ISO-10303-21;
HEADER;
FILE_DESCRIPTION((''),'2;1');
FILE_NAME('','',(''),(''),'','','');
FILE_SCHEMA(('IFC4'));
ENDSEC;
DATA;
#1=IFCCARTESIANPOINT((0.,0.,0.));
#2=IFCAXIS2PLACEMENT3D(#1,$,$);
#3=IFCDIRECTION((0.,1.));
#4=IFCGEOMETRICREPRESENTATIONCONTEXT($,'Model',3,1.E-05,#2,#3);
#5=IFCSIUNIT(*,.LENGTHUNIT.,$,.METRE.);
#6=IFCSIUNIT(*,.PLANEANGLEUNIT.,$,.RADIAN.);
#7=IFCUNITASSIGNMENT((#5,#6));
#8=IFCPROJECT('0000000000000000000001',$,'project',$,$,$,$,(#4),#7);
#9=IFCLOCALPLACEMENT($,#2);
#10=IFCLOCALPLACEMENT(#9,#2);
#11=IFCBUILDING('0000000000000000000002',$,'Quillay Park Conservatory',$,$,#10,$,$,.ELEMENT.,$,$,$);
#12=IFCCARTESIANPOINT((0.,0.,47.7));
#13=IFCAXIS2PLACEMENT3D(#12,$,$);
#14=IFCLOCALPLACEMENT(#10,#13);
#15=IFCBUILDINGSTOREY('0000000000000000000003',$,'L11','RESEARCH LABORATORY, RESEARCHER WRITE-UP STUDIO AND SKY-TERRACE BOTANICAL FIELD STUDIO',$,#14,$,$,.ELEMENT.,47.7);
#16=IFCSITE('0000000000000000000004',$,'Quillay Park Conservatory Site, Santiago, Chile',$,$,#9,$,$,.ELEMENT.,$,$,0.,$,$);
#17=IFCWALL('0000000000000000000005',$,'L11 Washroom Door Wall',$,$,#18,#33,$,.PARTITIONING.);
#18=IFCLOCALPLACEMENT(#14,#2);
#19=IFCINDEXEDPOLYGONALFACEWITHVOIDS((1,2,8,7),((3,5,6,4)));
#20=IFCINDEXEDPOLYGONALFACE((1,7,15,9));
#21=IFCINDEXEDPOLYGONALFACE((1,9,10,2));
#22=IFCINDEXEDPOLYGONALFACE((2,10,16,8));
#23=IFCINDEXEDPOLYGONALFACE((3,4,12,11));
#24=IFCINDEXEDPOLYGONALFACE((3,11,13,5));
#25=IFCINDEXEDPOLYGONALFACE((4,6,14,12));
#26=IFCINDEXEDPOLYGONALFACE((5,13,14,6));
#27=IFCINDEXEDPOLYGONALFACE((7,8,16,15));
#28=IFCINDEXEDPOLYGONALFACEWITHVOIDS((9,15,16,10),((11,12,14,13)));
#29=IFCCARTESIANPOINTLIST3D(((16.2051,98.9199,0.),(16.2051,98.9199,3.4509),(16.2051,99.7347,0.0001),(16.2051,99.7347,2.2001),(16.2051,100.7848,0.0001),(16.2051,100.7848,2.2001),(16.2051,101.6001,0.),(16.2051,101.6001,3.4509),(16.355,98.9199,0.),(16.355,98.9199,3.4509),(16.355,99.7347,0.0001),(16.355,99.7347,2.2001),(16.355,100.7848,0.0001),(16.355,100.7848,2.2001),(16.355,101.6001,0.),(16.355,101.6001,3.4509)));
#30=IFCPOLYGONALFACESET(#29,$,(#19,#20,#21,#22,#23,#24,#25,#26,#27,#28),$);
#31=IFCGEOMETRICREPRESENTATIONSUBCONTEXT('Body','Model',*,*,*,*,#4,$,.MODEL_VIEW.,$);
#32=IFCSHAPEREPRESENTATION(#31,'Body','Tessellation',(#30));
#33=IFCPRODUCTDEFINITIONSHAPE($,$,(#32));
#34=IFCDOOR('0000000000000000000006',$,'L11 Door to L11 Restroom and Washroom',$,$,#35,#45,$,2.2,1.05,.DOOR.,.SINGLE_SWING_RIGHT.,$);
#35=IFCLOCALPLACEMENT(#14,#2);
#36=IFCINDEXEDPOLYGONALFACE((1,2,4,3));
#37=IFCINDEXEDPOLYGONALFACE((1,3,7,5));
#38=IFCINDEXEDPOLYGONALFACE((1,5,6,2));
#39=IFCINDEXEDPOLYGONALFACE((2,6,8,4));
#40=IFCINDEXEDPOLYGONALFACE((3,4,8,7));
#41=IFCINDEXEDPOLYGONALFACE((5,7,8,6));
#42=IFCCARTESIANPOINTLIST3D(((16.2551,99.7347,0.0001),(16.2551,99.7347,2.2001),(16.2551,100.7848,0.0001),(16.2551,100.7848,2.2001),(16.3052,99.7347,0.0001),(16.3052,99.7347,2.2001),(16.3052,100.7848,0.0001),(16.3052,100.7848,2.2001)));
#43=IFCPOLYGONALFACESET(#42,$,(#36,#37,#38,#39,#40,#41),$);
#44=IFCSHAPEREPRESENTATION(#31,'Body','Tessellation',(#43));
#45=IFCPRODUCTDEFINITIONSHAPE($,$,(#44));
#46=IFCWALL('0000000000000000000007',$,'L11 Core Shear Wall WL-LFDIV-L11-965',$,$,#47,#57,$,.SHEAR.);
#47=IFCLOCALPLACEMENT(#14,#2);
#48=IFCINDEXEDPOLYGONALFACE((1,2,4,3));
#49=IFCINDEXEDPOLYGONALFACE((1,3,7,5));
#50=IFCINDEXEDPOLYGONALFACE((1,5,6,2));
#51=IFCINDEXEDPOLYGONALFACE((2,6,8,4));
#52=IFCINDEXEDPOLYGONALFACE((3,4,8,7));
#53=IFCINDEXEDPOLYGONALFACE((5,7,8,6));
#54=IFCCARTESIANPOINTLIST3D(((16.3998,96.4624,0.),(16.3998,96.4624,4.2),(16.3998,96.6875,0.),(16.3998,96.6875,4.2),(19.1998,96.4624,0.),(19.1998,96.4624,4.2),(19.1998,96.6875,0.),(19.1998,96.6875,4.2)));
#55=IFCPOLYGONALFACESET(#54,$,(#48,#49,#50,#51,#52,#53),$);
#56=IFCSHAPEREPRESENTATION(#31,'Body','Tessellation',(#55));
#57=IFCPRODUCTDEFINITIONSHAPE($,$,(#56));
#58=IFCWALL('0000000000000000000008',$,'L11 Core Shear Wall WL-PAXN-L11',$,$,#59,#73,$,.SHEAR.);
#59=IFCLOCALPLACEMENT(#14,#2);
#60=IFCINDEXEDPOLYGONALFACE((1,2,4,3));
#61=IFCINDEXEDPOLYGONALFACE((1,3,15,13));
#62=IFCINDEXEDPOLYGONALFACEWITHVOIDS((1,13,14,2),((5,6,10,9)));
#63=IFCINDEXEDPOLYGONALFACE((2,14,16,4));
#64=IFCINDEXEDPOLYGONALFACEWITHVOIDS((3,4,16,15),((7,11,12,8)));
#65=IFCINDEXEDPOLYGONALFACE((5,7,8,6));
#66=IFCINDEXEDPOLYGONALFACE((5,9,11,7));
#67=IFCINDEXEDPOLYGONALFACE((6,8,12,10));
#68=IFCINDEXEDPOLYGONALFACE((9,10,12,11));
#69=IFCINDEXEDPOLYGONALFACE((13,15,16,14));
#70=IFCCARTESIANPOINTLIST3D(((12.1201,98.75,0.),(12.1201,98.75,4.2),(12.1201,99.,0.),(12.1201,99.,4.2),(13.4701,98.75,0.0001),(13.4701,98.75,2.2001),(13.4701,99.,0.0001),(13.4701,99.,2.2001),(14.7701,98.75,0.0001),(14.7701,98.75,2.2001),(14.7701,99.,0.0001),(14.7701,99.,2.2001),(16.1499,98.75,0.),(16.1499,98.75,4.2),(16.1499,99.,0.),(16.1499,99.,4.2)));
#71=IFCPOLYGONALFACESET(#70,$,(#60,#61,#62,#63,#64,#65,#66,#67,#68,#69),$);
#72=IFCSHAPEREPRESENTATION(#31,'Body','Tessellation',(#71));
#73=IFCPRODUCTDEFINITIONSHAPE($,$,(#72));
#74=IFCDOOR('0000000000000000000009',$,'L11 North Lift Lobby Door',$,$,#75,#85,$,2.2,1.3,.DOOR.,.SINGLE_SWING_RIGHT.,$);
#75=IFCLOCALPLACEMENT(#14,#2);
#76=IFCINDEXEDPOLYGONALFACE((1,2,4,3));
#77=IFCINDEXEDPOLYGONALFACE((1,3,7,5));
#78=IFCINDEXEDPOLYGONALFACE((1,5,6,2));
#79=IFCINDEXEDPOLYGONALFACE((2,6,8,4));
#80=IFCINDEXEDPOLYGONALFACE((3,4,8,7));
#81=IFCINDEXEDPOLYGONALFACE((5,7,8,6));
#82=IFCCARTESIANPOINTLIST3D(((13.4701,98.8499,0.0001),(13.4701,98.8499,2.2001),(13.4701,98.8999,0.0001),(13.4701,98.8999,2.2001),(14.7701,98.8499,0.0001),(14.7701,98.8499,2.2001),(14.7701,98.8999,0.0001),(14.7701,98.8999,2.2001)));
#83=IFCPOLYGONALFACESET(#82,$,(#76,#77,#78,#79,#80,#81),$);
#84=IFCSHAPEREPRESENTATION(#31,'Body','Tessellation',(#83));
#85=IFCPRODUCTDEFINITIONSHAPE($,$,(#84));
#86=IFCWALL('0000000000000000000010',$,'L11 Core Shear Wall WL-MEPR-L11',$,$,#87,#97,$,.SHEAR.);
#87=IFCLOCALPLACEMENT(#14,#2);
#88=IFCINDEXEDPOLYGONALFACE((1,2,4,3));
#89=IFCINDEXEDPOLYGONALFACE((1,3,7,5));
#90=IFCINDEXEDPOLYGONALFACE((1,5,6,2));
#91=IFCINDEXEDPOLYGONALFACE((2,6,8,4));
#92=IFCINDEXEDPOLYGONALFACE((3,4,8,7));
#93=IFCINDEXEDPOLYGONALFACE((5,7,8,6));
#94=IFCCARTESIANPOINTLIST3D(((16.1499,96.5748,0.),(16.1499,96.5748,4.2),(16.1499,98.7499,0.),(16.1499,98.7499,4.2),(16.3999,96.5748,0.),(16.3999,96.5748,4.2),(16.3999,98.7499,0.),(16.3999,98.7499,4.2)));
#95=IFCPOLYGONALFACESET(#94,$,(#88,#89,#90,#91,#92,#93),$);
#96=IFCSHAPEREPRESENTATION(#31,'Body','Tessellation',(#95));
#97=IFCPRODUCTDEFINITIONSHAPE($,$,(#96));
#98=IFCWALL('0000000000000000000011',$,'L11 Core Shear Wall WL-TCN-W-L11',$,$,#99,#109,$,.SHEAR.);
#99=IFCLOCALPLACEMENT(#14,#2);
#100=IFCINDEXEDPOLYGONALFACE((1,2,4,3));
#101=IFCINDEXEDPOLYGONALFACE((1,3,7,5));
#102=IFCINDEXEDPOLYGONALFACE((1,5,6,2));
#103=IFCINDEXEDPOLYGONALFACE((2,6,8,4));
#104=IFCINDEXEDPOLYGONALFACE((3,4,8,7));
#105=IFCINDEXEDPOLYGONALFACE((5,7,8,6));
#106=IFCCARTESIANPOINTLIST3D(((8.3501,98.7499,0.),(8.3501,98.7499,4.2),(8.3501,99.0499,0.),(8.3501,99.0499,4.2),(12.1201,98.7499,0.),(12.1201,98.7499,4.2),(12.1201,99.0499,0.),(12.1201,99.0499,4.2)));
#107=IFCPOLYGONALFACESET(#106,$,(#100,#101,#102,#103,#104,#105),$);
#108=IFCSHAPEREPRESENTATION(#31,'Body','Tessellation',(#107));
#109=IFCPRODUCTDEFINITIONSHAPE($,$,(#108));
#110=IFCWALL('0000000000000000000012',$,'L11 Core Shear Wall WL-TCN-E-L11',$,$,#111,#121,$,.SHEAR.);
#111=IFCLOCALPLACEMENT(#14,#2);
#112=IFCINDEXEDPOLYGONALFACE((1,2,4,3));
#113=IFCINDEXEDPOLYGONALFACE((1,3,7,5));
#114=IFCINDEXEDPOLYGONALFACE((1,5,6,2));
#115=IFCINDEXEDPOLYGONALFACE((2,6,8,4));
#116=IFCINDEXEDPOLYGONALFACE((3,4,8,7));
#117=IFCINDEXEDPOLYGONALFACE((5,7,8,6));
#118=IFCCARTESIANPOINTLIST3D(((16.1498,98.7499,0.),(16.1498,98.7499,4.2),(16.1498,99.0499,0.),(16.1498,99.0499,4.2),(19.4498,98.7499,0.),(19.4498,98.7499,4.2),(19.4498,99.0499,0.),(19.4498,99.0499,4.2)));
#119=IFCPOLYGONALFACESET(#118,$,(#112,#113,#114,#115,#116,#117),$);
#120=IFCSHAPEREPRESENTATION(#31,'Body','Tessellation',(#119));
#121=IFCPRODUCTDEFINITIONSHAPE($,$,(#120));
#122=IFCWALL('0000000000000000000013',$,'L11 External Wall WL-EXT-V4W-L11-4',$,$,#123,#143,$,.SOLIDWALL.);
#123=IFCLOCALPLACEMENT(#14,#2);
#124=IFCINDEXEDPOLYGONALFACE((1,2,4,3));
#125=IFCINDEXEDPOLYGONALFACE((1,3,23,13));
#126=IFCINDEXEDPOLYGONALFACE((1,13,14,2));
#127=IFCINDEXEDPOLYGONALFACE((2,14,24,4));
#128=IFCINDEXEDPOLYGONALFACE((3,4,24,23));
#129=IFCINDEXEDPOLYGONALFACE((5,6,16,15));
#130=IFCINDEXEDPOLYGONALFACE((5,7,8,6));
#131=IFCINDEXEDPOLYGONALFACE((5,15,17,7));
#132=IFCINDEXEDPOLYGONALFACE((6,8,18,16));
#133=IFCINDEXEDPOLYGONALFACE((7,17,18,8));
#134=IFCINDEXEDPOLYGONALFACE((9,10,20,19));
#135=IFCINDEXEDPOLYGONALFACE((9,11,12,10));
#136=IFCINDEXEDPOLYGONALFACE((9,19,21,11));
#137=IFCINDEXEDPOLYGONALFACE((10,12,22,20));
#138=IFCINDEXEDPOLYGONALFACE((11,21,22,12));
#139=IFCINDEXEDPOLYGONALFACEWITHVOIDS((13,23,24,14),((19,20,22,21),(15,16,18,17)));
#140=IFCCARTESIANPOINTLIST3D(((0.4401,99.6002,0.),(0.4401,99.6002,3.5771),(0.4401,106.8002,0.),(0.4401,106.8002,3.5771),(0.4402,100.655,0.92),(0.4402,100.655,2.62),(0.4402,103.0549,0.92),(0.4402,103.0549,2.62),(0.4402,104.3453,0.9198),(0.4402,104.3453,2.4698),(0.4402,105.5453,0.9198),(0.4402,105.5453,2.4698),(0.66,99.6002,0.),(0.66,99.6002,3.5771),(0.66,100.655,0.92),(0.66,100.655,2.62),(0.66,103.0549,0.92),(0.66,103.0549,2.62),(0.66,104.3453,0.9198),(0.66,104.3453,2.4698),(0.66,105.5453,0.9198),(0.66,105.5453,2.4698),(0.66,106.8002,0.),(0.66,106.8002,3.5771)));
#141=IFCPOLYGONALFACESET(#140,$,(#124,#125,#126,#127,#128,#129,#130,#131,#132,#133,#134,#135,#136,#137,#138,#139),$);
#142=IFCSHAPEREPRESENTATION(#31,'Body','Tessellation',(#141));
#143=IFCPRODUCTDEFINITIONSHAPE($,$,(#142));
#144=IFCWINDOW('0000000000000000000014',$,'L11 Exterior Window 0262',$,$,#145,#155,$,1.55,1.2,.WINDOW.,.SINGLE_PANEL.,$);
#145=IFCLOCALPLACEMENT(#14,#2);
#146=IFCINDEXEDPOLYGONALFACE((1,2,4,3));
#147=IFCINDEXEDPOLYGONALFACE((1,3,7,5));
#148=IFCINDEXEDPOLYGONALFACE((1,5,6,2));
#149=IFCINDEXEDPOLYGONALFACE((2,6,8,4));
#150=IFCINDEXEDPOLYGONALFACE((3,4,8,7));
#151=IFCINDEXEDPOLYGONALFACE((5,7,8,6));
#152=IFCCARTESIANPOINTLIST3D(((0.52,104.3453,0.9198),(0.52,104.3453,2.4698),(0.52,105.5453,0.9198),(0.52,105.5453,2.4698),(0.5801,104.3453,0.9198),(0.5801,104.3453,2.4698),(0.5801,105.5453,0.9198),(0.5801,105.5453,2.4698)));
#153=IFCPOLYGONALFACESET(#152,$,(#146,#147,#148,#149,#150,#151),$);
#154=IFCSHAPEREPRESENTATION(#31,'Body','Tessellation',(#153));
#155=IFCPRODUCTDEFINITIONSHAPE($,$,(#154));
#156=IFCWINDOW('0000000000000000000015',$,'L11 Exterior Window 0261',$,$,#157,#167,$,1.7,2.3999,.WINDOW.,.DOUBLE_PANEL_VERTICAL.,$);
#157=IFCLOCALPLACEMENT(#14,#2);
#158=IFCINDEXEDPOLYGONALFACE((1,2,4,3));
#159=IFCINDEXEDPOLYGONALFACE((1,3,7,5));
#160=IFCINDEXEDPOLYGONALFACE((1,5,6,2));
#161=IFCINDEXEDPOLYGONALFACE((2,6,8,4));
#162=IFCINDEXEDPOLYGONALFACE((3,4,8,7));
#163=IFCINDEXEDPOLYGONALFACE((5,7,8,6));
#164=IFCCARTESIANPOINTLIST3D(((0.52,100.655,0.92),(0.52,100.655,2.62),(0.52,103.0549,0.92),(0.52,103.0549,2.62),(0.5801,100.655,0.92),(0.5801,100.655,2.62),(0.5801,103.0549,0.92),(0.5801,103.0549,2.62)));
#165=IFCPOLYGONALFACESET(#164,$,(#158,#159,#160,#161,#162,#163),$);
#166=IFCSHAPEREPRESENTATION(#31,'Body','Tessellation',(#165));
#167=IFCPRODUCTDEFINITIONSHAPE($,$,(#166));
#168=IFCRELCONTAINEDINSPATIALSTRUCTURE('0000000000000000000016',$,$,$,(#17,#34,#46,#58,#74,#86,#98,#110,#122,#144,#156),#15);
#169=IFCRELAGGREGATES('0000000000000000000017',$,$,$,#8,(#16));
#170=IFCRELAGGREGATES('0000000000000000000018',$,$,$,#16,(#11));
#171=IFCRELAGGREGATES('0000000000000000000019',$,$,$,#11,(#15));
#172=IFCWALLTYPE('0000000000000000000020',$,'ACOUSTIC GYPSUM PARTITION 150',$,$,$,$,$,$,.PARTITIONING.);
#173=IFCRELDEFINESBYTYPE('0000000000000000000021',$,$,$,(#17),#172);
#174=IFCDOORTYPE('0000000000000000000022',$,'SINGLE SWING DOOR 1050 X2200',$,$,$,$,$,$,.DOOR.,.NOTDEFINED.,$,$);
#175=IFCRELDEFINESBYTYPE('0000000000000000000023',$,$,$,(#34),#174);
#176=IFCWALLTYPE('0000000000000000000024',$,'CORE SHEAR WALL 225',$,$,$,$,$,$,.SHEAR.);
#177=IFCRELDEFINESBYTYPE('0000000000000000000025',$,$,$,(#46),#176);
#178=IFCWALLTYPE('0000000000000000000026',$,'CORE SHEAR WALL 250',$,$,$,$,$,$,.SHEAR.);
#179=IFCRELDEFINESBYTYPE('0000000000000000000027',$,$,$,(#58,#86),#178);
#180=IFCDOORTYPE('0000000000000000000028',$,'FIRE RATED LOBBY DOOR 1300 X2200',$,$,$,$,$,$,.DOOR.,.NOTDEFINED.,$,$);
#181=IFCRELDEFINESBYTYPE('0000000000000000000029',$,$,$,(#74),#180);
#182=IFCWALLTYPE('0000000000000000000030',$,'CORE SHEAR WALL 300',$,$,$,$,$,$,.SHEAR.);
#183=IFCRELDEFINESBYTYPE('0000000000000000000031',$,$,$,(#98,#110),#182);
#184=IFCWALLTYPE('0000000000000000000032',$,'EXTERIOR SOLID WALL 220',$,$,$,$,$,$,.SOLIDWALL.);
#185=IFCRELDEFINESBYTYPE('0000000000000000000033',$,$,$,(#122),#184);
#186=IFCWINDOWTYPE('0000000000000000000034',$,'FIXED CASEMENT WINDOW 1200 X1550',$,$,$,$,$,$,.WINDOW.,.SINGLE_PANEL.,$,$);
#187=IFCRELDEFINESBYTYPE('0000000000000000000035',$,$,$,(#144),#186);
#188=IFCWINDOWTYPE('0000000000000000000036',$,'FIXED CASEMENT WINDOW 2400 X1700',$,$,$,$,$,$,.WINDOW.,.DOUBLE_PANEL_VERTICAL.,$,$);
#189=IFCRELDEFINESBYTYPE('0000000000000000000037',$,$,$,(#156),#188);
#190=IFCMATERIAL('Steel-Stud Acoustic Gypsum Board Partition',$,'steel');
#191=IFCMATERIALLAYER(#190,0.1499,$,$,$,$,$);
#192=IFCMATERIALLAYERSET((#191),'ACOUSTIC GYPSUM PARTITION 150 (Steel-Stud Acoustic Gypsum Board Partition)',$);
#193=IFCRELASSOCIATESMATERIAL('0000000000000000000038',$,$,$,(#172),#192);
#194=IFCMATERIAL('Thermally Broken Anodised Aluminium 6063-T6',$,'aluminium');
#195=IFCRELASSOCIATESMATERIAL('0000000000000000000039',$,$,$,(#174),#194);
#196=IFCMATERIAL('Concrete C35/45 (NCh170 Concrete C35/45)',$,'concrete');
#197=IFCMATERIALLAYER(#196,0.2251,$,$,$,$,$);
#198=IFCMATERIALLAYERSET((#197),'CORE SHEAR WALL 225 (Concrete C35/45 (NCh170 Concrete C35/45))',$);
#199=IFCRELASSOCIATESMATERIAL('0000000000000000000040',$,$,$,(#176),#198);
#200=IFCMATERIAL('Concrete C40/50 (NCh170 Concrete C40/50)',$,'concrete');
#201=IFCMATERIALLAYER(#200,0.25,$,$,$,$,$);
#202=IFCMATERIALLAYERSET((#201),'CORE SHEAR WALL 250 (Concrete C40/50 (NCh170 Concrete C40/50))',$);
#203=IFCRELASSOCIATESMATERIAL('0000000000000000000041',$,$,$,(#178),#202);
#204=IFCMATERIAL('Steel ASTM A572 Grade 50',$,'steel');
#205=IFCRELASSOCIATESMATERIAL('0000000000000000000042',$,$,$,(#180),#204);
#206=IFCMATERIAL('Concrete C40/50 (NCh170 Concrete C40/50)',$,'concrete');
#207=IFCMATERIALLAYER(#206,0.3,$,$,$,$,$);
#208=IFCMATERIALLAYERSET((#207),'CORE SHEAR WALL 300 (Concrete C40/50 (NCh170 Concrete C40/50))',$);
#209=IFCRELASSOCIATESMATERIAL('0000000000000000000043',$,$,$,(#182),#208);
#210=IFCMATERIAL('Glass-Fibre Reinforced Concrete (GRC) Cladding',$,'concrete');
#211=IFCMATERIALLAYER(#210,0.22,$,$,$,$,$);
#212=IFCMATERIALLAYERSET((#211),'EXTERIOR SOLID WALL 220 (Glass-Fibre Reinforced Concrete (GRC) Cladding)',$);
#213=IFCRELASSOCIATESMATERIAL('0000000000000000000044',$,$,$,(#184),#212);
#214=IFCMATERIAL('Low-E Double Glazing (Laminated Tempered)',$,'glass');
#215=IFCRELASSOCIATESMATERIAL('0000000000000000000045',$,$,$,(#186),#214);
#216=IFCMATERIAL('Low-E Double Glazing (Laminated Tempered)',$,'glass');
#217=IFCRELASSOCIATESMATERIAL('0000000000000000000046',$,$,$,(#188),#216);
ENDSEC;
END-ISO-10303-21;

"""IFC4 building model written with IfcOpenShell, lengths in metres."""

from ifc_helpers import new_model, si_unit, direction, frame, frame_2d, origin, place, context, subcontext, project, spatial, rectangle, extrude, material, layer, layer_set, type_object, element, fill, save


model = new_model("IFC4")

# Units and contexts
model_context = context("Model", 3, precision=1e-05, world=origin(), true_north=direction((0.0, 1.0)))
body_context = subcontext(model_context, "Body", "Model", "MODEL_VIEW")
ifc_project = project(units=[si_unit("LENGTHUNIT", "METRE"), si_unit("PLANEANGLEUNIT", "RADIAN")], contexts=[model_context])

# Site, building, storey
site_placement = place(None, origin())
site = spatial("IfcSite", under=ifc_project, at=site_placement, Name="Quillay Park Conservatory Site, Santiago, Chile", CompositionType="ELEMENT", RefElevation=0.0)
building_placement = place(site_placement, origin())
building = spatial("IfcBuilding", under=site, at=building_placement, Name="Quillay Park Conservatory", CompositionType="ELEMENT")
storey_placement = place(building_placement, frame((0.0, 0.0, 47.7)))
storey = spatial("IfcBuildingStorey", under=building, at=storey_placement, Name="L11", Description="RESEARCH LABORATORY, RESEARCHER WRITE-UP STUDIO AND SKY-TERRACE BOTANICAL FIELD STUDIO", CompositionType="ELEMENT", Elevation=47.7)

# Wall, opening, door
ifc_material_1 = material(Name="Steel-Stud Acoustic Gypsum Board Partition", Category="steel")
ifc_layer_1 = layer(ifc_material_1, 0.1499)
ifc_layer_set_1 = layer_set([ifc_layer_1], Name="ACOUSTIC GYPSUM PARTITION 150 (Steel-Stud Acoustic Gypsum Board Partition)")
wall_type_1 = type_object("IfcWallType", Name="ACOUSTIC GYPSUM PARTITION 150", PredefinedType="PARTITIONING", material=ifc_layer_set_1)
wall_1_placement = place(storey_placement, frame((16.28, 98.9199, 0.0), z_axis=(0.0, 0.0, 1.0), x_axis=(0.0, 1.0, 0.0)))
wall_1 = element("IfcWall", 1, at=wall_1_placement, inside=storey, type_object=wall_type_1, Name="L11 Washroom Door Wall", PredefinedType="PARTITIONING", context=body_context, shape_type="SweptSolid", body=[
    extrude(rectangle(XDim=2.6802, YDim=0.1499, at=frame_2d((1.3401, 0.0))), origin(), (0.0, 0.0, 1.0), 3.4509),
])
opening_1_placement = place(wall_1_placement, frame((0.8149, 0.0, 0.0)))
opening_1 = element("IfcOpeningElement", 2, at=opening_1_placement, cuts=wall_1, PredefinedType="OPENING", context=body_context, shape_type="SweptSolid", body=[
    extrude(rectangle(XDim=1.05, YDim=2.2, at=frame_2d((0.5249, 1.1001))), frame((0.0, 0.075, 0.0), z_axis=(0.0, -1.0, 0.0), x_axis=(1.0, 0.0, 0.0)), (0.0, 0.0, 1.0), 0.1499),
])
ifc_material_2 = material(Name="Thermally Broken Anodised Aluminium 6063-T6", Category="aluminium")
door_type_1 = type_object("IfcDoorType", Name="SINGLE SWING DOOR 1050 X2200", OperationType="NOTDEFINED", PredefinedType="DOOR", material=ifc_material_2)
door_1_placement = place(opening_1_placement, origin())
door_1 = element("IfcDoor", 3, at=door_1_placement, inside=storey, type_object=door_type_1, Name="L11 Door to L11 Restroom and Washroom", OperationType="SINGLE_SWING_RIGHT", OverallHeight=2.2, OverallWidth=1.05, PredefinedType="DOOR", context=body_context, shape_type="SweptSolid", body=[
    extrude(rectangle(XDim=1.05, YDim=2.2, at=frame_2d((0.5249, 1.1001))), frame((0.0, 0.0249, 0.0), z_axis=(0.0, -1.0, 0.0), x_axis=(1.0, 0.0, 0.0)), (0.0, 0.0, 1.0), 0.05),
])
fill(opening_1, door_1)

# Wall
ifc_material_3 = material(Name="Concrete C35/45 (NCh170 Concrete C35/45)", Category="concrete")
ifc_layer_2 = layer(ifc_material_3, 0.2251)
ifc_layer_set_2 = layer_set([ifc_layer_2], Name="CORE SHEAR WALL 225 (Concrete C35/45 (NCh170 Concrete C35/45))")
wall_type_2 = type_object("IfcWallType", Name="CORE SHEAR WALL 225", PredefinedType="SHEAR", material=ifc_layer_set_2)
wall_2_placement = place(storey_placement, frame((16.3999, 96.575, 0.0), z_axis=(0.0, 0.0, 1.0), x_axis=(1.0, 0.0, 0.0)))
element("IfcWall", 4, at=wall_2_placement, inside=storey, type_object=wall_type_2, Name="L11 Core Shear Wall WL-LFDIV-L11-965", PredefinedType="SHEAR", context=body_context, shape_type="SweptSolid", body=[
    extrude(rectangle(XDim=2.8, YDim=0.2251, at=frame_2d((1.3999, 0.0))), origin(), (0.0, 0.0, 1.0), 4.2),
])

# Wall, opening, door
ifc_material_4 = material(Name="Concrete C40/50 (NCh170 Concrete C40/50)", Category="concrete")
ifc_layer_3 = layer(ifc_material_4, 0.25)
ifc_layer_set_3 = layer_set([ifc_layer_3], Name="CORE SHEAR WALL 250 (Concrete C40/50 (NCh170 Concrete C40/50))")
wall_type_3 = type_object("IfcWallType", Name="CORE SHEAR WALL 250", PredefinedType="SHEAR", material=ifc_layer_set_3)
wall_3_placement = place(storey_placement, frame((12.1201, 98.875, 0.0), z_axis=(0.0, 0.0, 1.0), x_axis=(1.0, 0.0, 0.0)))
wall_3 = element("IfcWall", 5, at=wall_3_placement, inside=storey, type_object=wall_type_3, Name="L11 Core Shear Wall WL-PAXN-L11", PredefinedType="SHEAR", context=body_context, shape_type="SweptSolid", body=[
    extrude(rectangle(XDim=4.0298, YDim=0.25, at=frame_2d((2.0149, 0.0))), origin(), (0.0, 0.0, 1.0), 4.2),
])
opening_2_placement = place(wall_3_placement, frame((1.3501, 0.0, 0.0)))
opening_2 = element("IfcOpeningElement", 6, at=opening_2_placement, cuts=wall_3, PredefinedType="OPENING", context=body_context, shape_type="SweptSolid", body=[
    extrude(rectangle(XDim=1.3, YDim=2.2, at=frame_2d((0.6499, 1.1001))), frame((0.0, 0.125, 0.0), z_axis=(0.0, -1.0, 0.0), x_axis=(1.0, 0.0, 0.0)), (0.0, 0.0, 1.0), 0.25),
])
ifc_material_5 = material(Name="Steel ASTM A572 Grade 50", Category="steel")
door_type_2 = type_object("IfcDoorType", Name="FIRE RATED LOBBY DOOR 1300 X2200", OperationType="NOTDEFINED", PredefinedType="DOOR", material=ifc_material_5)
door_2_placement = place(opening_2_placement, origin())
door_2 = element("IfcDoor", 7, at=door_2_placement, inside=storey, type_object=door_type_2, Name="L11 North Lift Lobby Door", OperationType="SINGLE_SWING_RIGHT", OverallHeight=2.2, OverallWidth=1.3, PredefinedType="DOOR", context=body_context, shape_type="SweptSolid", body=[
    extrude(rectangle(XDim=1.3, YDim=2.2, at=frame_2d((0.6499, 1.1001))), frame((0.0, 0.0249, 0.0), z_axis=(0.0, -1.0, 0.0), x_axis=(1.0, 0.0, 0.0)), (0.0, 0.0, 1.0), 0.05),
])
fill(opening_2, door_2)

# Walls
wall_4_placement = place(storey_placement, frame((16.2749, 96.575, 0.0), z_axis=(0.0, 0.0, 1.0), x_axis=(0.0, 1.0, 0.0)))
element("IfcWall", 8, at=wall_4_placement, inside=storey, type_object=wall_type_3, Name="L11 Core Shear Wall WL-MEPR-L11", PredefinedType="SHEAR", context=body_context, shape_type="SweptSolid", body=[
    extrude(rectangle(XDim=2.175, YDim=0.25, at=frame_2d((1.0874, 0.0))), origin(), (0.0, 0.0, 1.0), 4.2),
])
ifc_material_6 = material(Name="Concrete C40/50 (NCh170 Concrete C40/50)", Category="concrete")
ifc_layer_4 = layer(ifc_material_6, 0.3)
ifc_layer_set_4 = layer_set([ifc_layer_4], Name="CORE SHEAR WALL 300 (Concrete C40/50 (NCh170 Concrete C40/50))")
wall_type_4 = type_object("IfcWallType", Name="CORE SHEAR WALL 300", PredefinedType="SHEAR", material=ifc_layer_set_4)
wall_5_placement = place(storey_placement, frame((8.3501, 98.8999, 0.0), z_axis=(0.0, 0.0, 1.0), x_axis=(1.0, 0.0, 0.0)))
element("IfcWall", 9, at=wall_5_placement, inside=storey, type_object=wall_type_4, Name="L11 Core Shear Wall WL-TCN-W-L11", PredefinedType="SHEAR", context=body_context, shape_type="SweptSolid", body=[
    extrude(rectangle(XDim=3.77, YDim=0.3, at=frame_2d((1.885, 0.0))), origin(), (0.0, 0.0, 1.0), 4.2),
])
wall_6_placement = place(storey_placement, frame((16.1499, 98.8999, 0.0), z_axis=(0.0, 0.0, 1.0), x_axis=(1.0, 0.0, 0.0)))
element("IfcWall", 10, at=wall_6_placement, inside=storey, type_object=wall_type_4, Name="L11 Core Shear Wall WL-TCN-E-L11", PredefinedType="SHEAR", context=body_context, shape_type="SweptSolid", body=[
    extrude(rectangle(XDim=3.3, YDim=0.3, at=frame_2d((1.6499, 0.0))), origin(), (0.0, 0.0, 1.0), 4.2),
])

# Wall, openings, windows
ifc_material_7 = material(Name="Glass-Fibre Reinforced Concrete (GRC) Cladding", Category="concrete")
ifc_layer_5 = layer(ifc_material_7, 0.22)
ifc_layer_set_5 = layer_set([ifc_layer_5], Name="EXTERIOR SOLID WALL 220 (Glass-Fibre Reinforced Concrete (GRC) Cladding)")
wall_type_5 = type_object("IfcWallType", Name="EXTERIOR SOLID WALL 220", PredefinedType="SOLIDWALL", material=ifc_layer_set_5)
wall_7_placement = place(storey_placement, frame((0.55, 99.6001, 0.0), z_axis=(0.0, 0.0, 1.0), x_axis=(0.0, 1.0, 0.0)))
wall_7 = element("IfcWall", 11, at=wall_7_placement, inside=storey, type_object=wall_type_5, Name="L11 External Wall WL-EXT-V4W-L11-4", PredefinedType="SOLIDWALL", context=body_context, shape_type="SweptSolid", body=[
    extrude(rectangle(XDim=7.2, YDim=0.22, at=frame_2d((3.6001, 0.0))), origin(), (0.0, 0.0, 1.0), 3.5771),
])
opening_3_placement = place(wall_7_placement, frame((1.0549, 0.0, 0.9199)))
opening_3 = element("IfcOpeningElement", 12, at=opening_3_placement, cuts=wall_7, PredefinedType="OPENING", context=body_context, shape_type="SweptSolid", body=[
    extrude(rectangle(XDim=2.3999, YDim=1.7, at=frame_2d((1.2, 0.8501))), frame((0.0, 0.1099, 0.0), z_axis=(0.0, -1.0, 0.0), x_axis=(1.0, 0.0, 0.0)), (0.0, 0.0, 1.0), 0.22),
])
opening_4_placement = place(wall_7_placement, frame((4.7451, 0.0, 0.9199)))
opening_4 = element("IfcOpeningElement", 13, at=opening_4_placement, cuts=wall_7, PredefinedType="OPENING", context=body_context, shape_type="SweptSolid", body=[
    extrude(rectangle(XDim=1.2, YDim=1.55, at=frame_2d((0.6001, 0.7749))), frame((0.0, 0.1099, 0.0), z_axis=(0.0, -1.0, 0.0), x_axis=(1.0, 0.0, 0.0)), (0.0, 0.0, 1.0), 0.22),
])
ifc_material_8 = material(Name="Low-E Double Glazing (Laminated Tempered)", Category="glass")
window_type_1 = type_object("IfcWindowType", Name="FIXED CASEMENT WINDOW 1200 X1550", PartitioningType="SINGLE_PANEL", PredefinedType="WINDOW", material=ifc_material_8)
window_1_placement = place(opening_4_placement, origin())
window_1 = element("IfcWindow", 14, at=window_1_placement, inside=storey, type_object=window_type_1, Name="L11 Exterior Window 0262", OverallHeight=1.55, OverallWidth=1.2, PartitioningType="SINGLE_PANEL", PredefinedType="WINDOW", context=body_context, shape_type="SweptSolid", body=[
    extrude(rectangle(XDim=1.2, YDim=1.55, at=frame_2d((0.6001, 0.7749))), frame((0.0, 0.03, 0.0), z_axis=(0.0, -1.0, 0.0), x_axis=(1.0, 0.0, 0.0)), (0.0, 0.0, 1.0), 0.0601),
])
fill(opening_4, window_1)
ifc_material_9 = material(Name="Low-E Double Glazing (Laminated Tempered)", Category="glass")
window_type_2 = type_object("IfcWindowType", Name="FIXED CASEMENT WINDOW 2400 X1700", PartitioningType="DOUBLE_PANEL_VERTICAL", PredefinedType="WINDOW", material=ifc_material_9)
window_2_placement = place(opening_3_placement, origin())
window_2 = element("IfcWindow", 15, at=window_2_placement, inside=storey, type_object=window_type_2, Name="L11 Exterior Window 0261", OverallHeight=1.7, OverallWidth=2.3999, PartitioningType="DOUBLE_PANEL_VERTICAL", PredefinedType="WINDOW", context=body_context, shape_type="SweptSolid", body=[
    extrude(rectangle(XDim=2.3999, YDim=1.7, at=frame_2d((1.2, 0.8501))), frame((0.0, 0.03, 0.0), z_axis=(0.0, -1.0, 0.0), x_axis=(1.0, 0.0, 0.0)), (0.0, 0.0, 1.0), 0.0601),
])
fill(opening_3, window_2)

save(model, "model.ifc")
